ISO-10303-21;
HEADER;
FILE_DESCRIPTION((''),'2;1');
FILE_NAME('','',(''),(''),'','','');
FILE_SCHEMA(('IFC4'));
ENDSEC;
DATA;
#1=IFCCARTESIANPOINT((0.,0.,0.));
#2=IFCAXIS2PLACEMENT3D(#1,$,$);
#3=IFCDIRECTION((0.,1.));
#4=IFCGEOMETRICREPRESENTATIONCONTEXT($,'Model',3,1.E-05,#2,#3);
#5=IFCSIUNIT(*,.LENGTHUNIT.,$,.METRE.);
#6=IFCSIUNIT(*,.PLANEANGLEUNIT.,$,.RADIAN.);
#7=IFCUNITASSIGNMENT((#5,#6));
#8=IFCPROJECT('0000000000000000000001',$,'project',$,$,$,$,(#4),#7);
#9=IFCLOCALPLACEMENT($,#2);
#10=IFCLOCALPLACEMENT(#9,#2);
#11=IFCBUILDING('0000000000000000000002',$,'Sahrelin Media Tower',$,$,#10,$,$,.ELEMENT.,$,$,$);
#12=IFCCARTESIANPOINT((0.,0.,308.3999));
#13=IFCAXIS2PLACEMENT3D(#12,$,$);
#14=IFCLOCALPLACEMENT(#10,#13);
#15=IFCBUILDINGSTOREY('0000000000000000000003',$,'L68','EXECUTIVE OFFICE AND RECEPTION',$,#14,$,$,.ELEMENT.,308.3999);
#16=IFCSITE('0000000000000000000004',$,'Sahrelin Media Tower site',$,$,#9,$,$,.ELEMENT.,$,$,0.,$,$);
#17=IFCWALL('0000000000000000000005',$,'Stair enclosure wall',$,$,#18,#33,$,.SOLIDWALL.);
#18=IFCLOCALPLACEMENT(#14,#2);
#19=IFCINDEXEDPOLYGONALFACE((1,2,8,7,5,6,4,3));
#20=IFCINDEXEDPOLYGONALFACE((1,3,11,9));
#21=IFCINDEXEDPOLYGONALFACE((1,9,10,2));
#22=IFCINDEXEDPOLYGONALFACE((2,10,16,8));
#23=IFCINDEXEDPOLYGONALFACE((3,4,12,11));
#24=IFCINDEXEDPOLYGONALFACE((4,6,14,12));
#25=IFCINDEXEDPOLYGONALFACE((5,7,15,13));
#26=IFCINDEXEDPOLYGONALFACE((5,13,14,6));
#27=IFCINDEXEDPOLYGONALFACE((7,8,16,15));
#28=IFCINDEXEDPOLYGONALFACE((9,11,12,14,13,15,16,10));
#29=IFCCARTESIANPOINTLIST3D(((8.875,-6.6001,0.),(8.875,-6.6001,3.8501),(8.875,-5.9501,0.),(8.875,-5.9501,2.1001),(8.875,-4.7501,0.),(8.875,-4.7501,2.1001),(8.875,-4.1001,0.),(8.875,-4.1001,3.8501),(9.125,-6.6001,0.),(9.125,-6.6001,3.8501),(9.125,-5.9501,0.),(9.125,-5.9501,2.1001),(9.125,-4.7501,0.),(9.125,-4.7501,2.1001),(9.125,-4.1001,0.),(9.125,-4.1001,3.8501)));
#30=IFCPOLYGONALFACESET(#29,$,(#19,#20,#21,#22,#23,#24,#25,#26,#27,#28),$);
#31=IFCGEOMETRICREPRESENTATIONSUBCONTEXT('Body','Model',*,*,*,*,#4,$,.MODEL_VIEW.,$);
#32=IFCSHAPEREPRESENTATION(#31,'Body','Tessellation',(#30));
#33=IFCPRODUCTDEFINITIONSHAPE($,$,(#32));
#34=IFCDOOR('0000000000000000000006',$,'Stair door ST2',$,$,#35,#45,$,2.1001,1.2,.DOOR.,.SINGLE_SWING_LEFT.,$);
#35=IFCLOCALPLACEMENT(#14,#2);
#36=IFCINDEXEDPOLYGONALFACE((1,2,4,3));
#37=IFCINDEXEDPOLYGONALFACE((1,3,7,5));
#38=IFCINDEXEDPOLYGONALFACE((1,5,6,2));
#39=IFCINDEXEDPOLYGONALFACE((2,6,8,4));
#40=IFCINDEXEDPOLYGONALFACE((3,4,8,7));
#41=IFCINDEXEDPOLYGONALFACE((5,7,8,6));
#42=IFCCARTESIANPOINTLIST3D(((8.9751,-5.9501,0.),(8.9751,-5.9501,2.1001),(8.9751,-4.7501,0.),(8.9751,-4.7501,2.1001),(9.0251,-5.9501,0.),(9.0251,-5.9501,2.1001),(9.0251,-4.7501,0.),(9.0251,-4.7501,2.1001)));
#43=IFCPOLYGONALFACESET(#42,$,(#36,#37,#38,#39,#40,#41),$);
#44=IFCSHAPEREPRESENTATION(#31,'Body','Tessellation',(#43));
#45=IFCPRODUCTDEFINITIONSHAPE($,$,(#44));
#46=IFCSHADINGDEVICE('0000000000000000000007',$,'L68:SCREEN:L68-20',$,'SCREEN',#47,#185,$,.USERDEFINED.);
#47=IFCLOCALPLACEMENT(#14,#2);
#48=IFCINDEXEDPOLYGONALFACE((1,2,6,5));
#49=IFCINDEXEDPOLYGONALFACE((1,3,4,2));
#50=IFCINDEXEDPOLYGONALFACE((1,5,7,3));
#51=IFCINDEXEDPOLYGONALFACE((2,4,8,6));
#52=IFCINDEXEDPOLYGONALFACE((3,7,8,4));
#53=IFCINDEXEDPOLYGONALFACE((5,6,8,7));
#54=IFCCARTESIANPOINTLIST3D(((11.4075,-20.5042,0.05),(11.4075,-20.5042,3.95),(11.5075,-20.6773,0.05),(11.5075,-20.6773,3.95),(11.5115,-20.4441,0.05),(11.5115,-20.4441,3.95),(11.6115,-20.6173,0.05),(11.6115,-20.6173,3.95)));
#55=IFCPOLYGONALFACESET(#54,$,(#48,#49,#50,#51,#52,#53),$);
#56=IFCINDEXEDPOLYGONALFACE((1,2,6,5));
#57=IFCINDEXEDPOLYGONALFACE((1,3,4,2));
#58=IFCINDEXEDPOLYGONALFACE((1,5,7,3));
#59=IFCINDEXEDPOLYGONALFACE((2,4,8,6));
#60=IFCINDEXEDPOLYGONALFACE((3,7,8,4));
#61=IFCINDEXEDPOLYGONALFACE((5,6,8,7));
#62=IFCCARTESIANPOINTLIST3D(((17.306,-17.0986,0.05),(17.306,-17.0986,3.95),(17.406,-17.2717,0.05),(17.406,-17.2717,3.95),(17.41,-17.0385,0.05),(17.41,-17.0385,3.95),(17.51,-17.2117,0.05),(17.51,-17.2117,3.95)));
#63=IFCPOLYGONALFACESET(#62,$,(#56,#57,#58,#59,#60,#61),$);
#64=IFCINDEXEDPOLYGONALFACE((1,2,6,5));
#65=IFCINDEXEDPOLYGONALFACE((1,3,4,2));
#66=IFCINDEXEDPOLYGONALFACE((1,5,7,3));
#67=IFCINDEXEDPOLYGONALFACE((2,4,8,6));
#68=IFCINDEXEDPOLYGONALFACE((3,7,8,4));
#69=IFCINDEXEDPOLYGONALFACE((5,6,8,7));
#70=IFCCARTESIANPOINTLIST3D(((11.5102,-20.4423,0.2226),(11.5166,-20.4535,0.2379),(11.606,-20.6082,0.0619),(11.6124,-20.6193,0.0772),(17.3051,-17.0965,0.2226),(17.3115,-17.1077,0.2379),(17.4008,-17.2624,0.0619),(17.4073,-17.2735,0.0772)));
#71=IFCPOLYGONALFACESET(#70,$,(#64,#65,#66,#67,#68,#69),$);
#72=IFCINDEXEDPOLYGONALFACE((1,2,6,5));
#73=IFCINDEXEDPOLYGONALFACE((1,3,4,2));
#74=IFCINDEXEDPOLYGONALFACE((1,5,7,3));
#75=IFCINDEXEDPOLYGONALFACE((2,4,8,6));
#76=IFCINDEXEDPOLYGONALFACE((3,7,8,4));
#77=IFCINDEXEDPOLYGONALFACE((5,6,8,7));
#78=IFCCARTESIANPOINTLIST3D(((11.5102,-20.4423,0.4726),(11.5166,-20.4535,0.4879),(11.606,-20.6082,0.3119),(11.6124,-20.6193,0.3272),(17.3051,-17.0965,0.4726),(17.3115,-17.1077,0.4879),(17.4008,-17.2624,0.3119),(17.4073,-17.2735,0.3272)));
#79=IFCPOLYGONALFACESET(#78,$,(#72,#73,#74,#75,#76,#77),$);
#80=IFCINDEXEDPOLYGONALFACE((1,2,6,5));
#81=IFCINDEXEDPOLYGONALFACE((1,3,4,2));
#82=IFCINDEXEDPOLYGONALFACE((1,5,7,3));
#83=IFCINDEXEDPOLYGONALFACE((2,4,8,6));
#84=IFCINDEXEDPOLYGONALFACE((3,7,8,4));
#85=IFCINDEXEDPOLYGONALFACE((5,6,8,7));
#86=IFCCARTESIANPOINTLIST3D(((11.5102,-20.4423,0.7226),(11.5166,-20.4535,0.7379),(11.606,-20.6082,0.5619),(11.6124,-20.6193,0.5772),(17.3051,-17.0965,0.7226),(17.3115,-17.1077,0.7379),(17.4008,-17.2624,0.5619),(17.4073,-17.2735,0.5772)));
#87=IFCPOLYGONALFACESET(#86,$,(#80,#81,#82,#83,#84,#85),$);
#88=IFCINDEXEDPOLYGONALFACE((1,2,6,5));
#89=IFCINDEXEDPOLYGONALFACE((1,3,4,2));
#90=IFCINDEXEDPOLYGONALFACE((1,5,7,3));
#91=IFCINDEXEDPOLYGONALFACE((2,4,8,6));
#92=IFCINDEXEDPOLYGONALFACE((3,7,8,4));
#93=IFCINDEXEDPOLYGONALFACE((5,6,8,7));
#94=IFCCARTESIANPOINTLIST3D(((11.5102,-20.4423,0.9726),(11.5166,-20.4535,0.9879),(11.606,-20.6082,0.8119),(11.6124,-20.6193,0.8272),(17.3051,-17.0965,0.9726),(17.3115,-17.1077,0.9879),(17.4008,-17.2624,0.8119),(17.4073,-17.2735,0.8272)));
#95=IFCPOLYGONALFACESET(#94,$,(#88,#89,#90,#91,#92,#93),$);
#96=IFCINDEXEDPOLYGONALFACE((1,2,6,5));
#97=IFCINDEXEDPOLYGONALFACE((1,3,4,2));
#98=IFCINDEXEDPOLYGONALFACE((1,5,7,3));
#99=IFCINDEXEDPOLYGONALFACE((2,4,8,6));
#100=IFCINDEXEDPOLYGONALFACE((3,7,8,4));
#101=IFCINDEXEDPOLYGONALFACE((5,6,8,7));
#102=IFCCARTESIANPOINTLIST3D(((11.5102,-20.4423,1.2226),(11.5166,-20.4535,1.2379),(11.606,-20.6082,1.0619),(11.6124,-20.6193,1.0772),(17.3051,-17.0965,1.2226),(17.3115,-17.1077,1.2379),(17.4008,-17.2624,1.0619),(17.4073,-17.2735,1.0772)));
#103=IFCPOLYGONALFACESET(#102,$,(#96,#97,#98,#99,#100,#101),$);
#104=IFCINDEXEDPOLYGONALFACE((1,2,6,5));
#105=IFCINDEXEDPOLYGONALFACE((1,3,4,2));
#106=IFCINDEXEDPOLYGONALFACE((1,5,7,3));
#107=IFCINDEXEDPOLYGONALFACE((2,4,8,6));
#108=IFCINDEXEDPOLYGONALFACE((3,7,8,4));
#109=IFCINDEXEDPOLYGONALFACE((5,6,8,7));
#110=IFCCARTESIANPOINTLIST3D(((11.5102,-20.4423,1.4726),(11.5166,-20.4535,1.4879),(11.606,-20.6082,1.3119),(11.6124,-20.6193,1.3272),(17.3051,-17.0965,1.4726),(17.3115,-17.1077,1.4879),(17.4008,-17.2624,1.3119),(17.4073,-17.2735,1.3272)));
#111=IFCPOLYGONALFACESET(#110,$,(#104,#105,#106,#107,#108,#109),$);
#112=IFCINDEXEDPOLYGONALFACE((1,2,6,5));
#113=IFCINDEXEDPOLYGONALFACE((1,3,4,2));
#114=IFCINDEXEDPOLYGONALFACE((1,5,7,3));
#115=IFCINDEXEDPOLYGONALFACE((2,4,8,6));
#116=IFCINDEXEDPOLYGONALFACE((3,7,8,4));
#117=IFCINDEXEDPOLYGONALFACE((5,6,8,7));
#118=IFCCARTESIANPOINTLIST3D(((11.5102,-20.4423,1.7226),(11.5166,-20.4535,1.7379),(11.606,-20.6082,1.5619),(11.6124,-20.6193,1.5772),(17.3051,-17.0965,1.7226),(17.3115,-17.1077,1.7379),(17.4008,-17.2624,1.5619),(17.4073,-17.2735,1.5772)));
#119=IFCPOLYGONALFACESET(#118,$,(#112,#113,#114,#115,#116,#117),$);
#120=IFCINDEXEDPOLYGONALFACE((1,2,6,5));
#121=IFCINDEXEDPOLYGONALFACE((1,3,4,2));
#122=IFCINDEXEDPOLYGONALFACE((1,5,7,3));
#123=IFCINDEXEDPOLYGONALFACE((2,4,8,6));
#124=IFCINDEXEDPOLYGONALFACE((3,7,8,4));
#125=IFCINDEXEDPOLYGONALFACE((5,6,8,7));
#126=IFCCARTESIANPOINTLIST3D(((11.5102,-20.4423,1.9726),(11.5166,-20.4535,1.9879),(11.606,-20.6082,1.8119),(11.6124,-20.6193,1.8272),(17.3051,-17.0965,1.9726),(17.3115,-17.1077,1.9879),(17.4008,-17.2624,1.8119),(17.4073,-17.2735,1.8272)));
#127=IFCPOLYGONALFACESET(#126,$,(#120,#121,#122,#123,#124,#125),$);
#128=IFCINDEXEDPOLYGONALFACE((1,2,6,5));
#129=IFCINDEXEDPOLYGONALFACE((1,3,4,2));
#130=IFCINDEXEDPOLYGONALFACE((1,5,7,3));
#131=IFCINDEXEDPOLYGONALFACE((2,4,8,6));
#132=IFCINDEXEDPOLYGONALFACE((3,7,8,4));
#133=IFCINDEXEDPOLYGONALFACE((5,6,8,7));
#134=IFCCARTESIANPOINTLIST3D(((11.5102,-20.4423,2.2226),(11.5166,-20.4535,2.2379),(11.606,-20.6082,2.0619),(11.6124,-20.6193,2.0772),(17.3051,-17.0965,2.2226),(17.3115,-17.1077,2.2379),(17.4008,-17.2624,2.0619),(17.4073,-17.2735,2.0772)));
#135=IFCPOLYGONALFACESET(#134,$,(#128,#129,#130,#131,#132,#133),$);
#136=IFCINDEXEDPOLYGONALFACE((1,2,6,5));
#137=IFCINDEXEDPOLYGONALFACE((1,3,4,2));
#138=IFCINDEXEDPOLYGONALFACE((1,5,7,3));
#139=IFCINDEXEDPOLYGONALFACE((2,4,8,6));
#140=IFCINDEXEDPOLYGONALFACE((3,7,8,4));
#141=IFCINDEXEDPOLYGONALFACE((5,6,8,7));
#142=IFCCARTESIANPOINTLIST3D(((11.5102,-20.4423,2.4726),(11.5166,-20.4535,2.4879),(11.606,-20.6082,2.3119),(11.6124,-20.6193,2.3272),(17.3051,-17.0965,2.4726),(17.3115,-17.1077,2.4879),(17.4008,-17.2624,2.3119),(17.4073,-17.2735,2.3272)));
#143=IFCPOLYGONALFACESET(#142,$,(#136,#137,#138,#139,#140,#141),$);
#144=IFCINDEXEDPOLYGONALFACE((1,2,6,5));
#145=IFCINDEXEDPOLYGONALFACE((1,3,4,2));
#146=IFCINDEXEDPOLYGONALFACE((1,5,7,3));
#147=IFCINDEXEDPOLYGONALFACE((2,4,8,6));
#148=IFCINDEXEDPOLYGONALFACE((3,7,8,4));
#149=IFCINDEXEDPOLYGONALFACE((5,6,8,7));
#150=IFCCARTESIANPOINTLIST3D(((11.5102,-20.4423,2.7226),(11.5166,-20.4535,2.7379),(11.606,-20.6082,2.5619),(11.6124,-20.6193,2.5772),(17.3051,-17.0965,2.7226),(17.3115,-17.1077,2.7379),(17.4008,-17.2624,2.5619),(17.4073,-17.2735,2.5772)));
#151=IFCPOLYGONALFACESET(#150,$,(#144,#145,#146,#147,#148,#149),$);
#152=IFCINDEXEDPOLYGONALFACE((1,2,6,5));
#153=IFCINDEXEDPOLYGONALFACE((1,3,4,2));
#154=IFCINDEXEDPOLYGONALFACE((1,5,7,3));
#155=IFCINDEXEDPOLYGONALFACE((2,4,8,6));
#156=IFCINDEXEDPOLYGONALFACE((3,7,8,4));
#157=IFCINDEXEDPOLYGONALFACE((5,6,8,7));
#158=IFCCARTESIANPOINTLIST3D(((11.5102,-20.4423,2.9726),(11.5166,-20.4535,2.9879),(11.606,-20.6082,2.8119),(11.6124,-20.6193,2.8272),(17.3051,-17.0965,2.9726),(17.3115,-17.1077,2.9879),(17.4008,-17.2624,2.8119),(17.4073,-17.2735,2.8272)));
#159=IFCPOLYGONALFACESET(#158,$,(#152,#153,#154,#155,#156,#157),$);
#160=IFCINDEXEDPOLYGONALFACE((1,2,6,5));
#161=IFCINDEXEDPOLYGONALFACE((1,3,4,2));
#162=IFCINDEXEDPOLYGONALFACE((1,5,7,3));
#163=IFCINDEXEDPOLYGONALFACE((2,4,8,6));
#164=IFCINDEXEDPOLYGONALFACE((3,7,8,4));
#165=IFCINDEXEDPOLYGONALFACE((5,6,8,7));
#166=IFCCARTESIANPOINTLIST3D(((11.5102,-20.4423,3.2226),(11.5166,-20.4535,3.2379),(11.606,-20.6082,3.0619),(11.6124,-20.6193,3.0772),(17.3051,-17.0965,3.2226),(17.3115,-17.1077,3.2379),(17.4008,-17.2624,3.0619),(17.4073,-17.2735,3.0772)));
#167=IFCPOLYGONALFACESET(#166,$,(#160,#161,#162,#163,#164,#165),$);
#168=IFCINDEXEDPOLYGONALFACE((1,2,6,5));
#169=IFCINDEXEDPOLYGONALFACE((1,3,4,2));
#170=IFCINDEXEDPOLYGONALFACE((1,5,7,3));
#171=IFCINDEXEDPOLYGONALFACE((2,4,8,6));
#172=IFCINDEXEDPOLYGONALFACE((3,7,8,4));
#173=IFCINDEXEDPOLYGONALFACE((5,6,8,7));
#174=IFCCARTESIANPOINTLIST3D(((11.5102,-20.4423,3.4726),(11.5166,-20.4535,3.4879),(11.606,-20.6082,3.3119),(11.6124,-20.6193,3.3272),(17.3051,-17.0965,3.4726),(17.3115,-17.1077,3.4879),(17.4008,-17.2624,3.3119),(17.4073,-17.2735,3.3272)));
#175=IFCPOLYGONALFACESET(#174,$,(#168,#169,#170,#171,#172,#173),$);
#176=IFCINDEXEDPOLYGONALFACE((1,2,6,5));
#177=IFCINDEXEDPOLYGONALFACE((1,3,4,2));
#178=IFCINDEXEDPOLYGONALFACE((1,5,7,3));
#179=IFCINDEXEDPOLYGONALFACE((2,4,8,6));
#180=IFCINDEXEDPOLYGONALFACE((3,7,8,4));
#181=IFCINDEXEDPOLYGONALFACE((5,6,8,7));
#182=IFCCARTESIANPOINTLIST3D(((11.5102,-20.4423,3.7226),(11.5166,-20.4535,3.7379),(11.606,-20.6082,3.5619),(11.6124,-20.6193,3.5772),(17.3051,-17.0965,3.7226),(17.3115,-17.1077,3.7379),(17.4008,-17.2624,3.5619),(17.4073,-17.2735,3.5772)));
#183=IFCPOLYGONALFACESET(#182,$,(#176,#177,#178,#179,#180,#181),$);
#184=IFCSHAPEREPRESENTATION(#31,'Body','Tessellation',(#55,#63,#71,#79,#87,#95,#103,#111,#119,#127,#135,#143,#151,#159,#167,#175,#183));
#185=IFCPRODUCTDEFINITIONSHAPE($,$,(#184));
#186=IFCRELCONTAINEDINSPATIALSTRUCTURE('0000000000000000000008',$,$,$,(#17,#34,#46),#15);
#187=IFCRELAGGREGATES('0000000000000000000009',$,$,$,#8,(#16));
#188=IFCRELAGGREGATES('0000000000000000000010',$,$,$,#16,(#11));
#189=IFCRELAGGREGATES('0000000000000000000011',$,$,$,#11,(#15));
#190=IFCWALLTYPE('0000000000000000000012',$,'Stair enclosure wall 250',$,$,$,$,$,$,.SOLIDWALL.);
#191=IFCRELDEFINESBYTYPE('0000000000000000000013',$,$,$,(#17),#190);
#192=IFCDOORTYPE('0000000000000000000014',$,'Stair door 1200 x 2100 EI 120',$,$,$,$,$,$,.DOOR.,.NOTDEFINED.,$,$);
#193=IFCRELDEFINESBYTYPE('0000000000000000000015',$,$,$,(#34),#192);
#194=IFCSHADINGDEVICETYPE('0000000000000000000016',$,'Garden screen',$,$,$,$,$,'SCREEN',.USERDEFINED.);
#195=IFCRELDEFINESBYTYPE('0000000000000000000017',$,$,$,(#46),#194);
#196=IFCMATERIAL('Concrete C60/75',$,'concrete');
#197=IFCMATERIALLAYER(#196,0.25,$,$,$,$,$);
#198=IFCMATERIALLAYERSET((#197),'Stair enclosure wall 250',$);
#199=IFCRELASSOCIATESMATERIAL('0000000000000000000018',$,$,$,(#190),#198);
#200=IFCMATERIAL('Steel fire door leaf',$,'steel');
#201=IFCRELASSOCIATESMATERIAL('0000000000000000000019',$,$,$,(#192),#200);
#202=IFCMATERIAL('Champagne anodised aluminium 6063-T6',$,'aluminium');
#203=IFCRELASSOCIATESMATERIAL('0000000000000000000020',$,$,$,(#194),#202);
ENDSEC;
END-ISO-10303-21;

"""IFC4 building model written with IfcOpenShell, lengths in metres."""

from ifc_helpers import new_model, si_unit, direction, frame, frame_2d, origin, origin_2d, place, context, subcontext, project, spatial, rectangle, extrude, material, layer, layer_set, type_object, element, fill, save


model = new_model("IFC4")

# Units and contexts
model_context = context("Model", 3, precision=1e-05, world=origin(), true_north=direction((0.0, 1.0)))
body_context = subcontext(model_context, "Body", "Model", "MODEL_VIEW")
ifc_project = project(units=[si_unit("LENGTHUNIT", "METRE"), si_unit("PLANEANGLEUNIT", "RADIAN")], contexts=[model_context])

# Site, building, storey
site_placement = place(None, origin())
site = spatial("IfcSite", under=ifc_project, at=site_placement, Name="Sahrelin Media Tower site", CompositionType="ELEMENT", RefElevation=0.0)
building_placement = place(site_placement, origin())
building = spatial("IfcBuilding", under=site, at=building_placement, Name="Sahrelin Media Tower", CompositionType="ELEMENT")
storey_placement = place(building_placement, frame((0.0, 0.0, 308.3999)))
storey = spatial("IfcBuildingStorey", under=building, at=storey_placement, Name="L68", Description="EXECUTIVE OFFICE AND RECEPTION", CompositionType="ELEMENT", Elevation=308.3999)

# Shared definitions
ifc_material_1 = material(Name="Concrete C60/75", Category="concrete")
ifc_material_2 = material(Name="Steel fire door leaf", Category="steel")

# Wall, opening, door
ifc_layer_1 = layer(ifc_material_1, 0.25)
ifc_layer_set_1 = layer_set([ifc_layer_1], Name="Stair enclosure wall 250")
wall_type_1 = type_object("IfcWallType", Name="Stair enclosure wall 250", PredefinedType="SOLIDWALL", material=ifc_layer_set_1)
wall_1_placement = place(storey_placement, frame((9.0, -6.6001, 0.0), z_axis=(0.0, 0.0, 1.0), x_axis=(0.0, 1.0, 0.0)))
wall_1 = element("IfcWall", 1, at=wall_1_placement, inside=storey, type_object=wall_type_1, Name="Stair enclosure wall", PredefinedType="SOLIDWALL", context=body_context, shape_type="SweptSolid", body=[
    extrude(rectangle(XDim=2.5, YDim=0.25, at=frame_2d((1.25, 0.0))), origin(), (0.0, 0.0, 1.0), 3.8501),
])
opening_1_placement = place(wall_1_placement, frame((0.6499, 0.0, 0.0)))
opening_1 = element("IfcOpeningElement", 2, at=opening_1_placement, cuts=wall_1, PredefinedType="OPENING", context=body_context, shape_type="SweptSolid", body=[
    extrude(rectangle(XDim=1.2, YDim=2.1001, at=frame_2d((0.6001, 1.05))), frame((0.0, 0.125, 0.0), z_axis=(0.0, -1.0, 0.0), x_axis=(1.0, 0.0, 0.0)), (0.0, 0.0, 1.0), 0.25),
])
door_type_1 = type_object("IfcDoorType", Name="Stair door 1200 x 2100 EI 120", OperationType="NOTDEFINED", PredefinedType="DOOR", material=ifc_material_2)
door_1_placement = place(opening_1_placement, origin())
door_1 = element("IfcDoor", 3, at=door_1_placement, inside=storey, type_object=door_type_1, Name="Stair door ST2", OperationType="SINGLE_SWING_LEFT", OverallHeight=2.1001, OverallWidth=1.2, PredefinedType="DOOR", context=body_context, shape_type="SweptSolid", body=[
    extrude(rectangle(XDim=1.2, YDim=2.1001, at=frame_2d((0.6001, 1.05))), frame((0.0, 0.0249, 0.0), z_axis=(0.0, -1.0, 0.0), x_axis=(1.0, 0.0, 0.0)), (0.0, 0.0, 1.0), 0.05),
])
fill(opening_1, door_1)

# Shading device
ifc_material_3 = material(Name="Champagne anodised aluminium 6063-T6", Category="aluminium")
shading_device_type = type_object("IfcShadingDeviceType", Name="Garden screen", ElementType="SCREEN", PredefinedType="USERDEFINED", material=ifc_material_3)
shading_device_1_placement = place(storey_placement, frame((14.4087, -18.7712, 0.0), z_axis=(0.0, 0.0, 1.0), x_axis=(-0.866019, -0.500011, 0.0)))
element("IfcShadingDevice", 4, at=shading_device_1_placement, inside=storey, type_object=shading_device_type, Name="L68:SCREEN:L68-20", ObjectType="SCREEN", PredefinedType="USERDEFINED", context=body_context, shape_type="SweptSolid", body=[
    extrude(rectangle(XDim=0.1201, YDim=0.2, at=origin_2d()), frame((3.4055, 0.1001, 0.05), z_axis=(0.0, 0.0, 1.0), x_axis=(1.0, 0.0, 0.0)), (0.0, 0.0, 1.0), 3.8999),
    extrude(rectangle(XDim=0.1201, YDim=0.2, at=origin_2d()), frame((-3.4055, 0.1001, 0.05), z_axis=(0.0, 0.0, 1.0), x_axis=(1.0, 0.0, 0.0)), (0.0, 0.0, 1.0), 3.8999),
    extrude(rectangle(XDim=0.25, YDim=0.02, at=origin_2d()), frame((3.3457, 0.1001, 0.1499), z_axis=(-1.0, 0.0, 0.0), x_axis=(0.0, -0.766044, 0.642788)), (0.0, 0.0, 1.0), 6.6914),
    extrude(rectangle(XDim=0.25, YDim=0.02, at=origin_2d()), frame((3.3457, 0.1001, 0.3999), z_axis=(-1.0, 0.0, 0.0), x_axis=(0.0, -0.766044, 0.642788)), (0.0, 0.0, 1.0), 6.6914),
    extrude(rectangle(XDim=0.25, YDim=0.02, at=origin_2d()), frame((3.3457, 0.1001, 0.6499), z_axis=(-1.0, 0.0, 0.0), x_axis=(0.0, -0.766044, 0.642788)), (0.0, 0.0, 1.0), 6.6914),
    extrude(rectangle(XDim=0.25, YDim=0.02, at=origin_2d()), frame((3.3457, 0.1001, 0.8999), z_axis=(-1.0, 0.0, 0.0), x_axis=(0.0, -0.766044, 0.642788)), (0.0, 0.0, 1.0), 6.6914),
    extrude(rectangle(XDim=0.25, YDim=0.02, at=origin_2d()), frame((3.3457, 0.1001, 1.1499), z_axis=(-1.0, 0.0, 0.0), x_axis=(0.0, -0.766044, 0.642788)), (0.0, 0.0, 1.0), 6.6914),
    extrude(rectangle(XDim=0.25, YDim=0.02, at=origin_2d()), frame((3.3457, 0.1001, 1.3999), z_axis=(-1.0, 0.0, 0.0), x_axis=(0.0, -0.766044, 0.642788)), (0.0, 0.0, 1.0), 6.6914),
    extrude(rectangle(XDim=0.25, YDim=0.02, at=origin_2d()), frame((3.3457, 0.1001, 1.6499), z_axis=(-1.0, 0.0, 0.0), x_axis=(0.0, -0.766044, 0.642788)), (0.0, 0.0, 1.0), 6.6914),
    extrude(rectangle(XDim=0.25, YDim=0.02, at=origin_2d()), frame((3.3457, 0.1001, 1.8999), z_axis=(-1.0, 0.0, 0.0), x_axis=(0.0, -0.766044, 0.642788)), (0.0, 0.0, 1.0), 6.6914),
    extrude(rectangle(XDim=0.25, YDim=0.02, at=origin_2d()), frame((3.3457, 0.1001, 2.1499), z_axis=(-1.0, 0.0, 0.0), x_axis=(0.0, -0.766044, 0.642788)), (0.0, 0.0, 1.0), 6.6914),
    extrude(rectangle(XDim=0.25, YDim=0.02, at=origin_2d()), frame((3.3457, 0.1001, 2.3999), z_axis=(-1.0, 0.0, 0.0), x_axis=(0.0, -0.766044, 0.642788)), (0.0, 0.0, 1.0), 6.6914),
    extrude(rectangle(XDim=0.25, YDim=0.02, at=origin_2d()), frame((3.3457, 0.1001, 2.6499), z_axis=(-1.0, 0.0, 0.0), x_axis=(0.0, -0.766044, 0.642788)), (0.0, 0.0, 1.0), 6.6914),
    extrude(rectangle(XDim=0.25, YDim=0.02, at=origin_2d()), frame((3.3457, 0.1001, 2.8999), z_axis=(-1.0, 0.0, 0.0), x_axis=(0.0, -0.766044, 0.642788)), (0.0, 0.0, 1.0), 6.6914),
    extrude(rectangle(XDim=0.25, YDim=0.02, at=origin_2d()), frame((3.3457, 0.1001, 3.1499), z_axis=(-1.0, 0.0, 0.0), x_axis=(0.0, -0.766044, 0.642788)), (0.0, 0.0, 1.0), 6.6914),
    extrude(rectangle(XDim=0.25, YDim=0.02, at=origin_2d()), frame((3.3457, 0.1001, 3.3999), z_axis=(-1.0, 0.0, 0.0), x_axis=(0.0, -0.766044, 0.642788)), (0.0, 0.0, 1.0), 6.6914),
    extrude(rectangle(XDim=0.25, YDim=0.02, at=origin_2d()), frame((3.3457, 0.1001, 3.6499), z_axis=(-1.0, 0.0, 0.0), x_axis=(0.0, -0.766044, 0.642788)), (0.0, 0.0, 1.0), 6.6914),
])

save(model, "model.ifc")
